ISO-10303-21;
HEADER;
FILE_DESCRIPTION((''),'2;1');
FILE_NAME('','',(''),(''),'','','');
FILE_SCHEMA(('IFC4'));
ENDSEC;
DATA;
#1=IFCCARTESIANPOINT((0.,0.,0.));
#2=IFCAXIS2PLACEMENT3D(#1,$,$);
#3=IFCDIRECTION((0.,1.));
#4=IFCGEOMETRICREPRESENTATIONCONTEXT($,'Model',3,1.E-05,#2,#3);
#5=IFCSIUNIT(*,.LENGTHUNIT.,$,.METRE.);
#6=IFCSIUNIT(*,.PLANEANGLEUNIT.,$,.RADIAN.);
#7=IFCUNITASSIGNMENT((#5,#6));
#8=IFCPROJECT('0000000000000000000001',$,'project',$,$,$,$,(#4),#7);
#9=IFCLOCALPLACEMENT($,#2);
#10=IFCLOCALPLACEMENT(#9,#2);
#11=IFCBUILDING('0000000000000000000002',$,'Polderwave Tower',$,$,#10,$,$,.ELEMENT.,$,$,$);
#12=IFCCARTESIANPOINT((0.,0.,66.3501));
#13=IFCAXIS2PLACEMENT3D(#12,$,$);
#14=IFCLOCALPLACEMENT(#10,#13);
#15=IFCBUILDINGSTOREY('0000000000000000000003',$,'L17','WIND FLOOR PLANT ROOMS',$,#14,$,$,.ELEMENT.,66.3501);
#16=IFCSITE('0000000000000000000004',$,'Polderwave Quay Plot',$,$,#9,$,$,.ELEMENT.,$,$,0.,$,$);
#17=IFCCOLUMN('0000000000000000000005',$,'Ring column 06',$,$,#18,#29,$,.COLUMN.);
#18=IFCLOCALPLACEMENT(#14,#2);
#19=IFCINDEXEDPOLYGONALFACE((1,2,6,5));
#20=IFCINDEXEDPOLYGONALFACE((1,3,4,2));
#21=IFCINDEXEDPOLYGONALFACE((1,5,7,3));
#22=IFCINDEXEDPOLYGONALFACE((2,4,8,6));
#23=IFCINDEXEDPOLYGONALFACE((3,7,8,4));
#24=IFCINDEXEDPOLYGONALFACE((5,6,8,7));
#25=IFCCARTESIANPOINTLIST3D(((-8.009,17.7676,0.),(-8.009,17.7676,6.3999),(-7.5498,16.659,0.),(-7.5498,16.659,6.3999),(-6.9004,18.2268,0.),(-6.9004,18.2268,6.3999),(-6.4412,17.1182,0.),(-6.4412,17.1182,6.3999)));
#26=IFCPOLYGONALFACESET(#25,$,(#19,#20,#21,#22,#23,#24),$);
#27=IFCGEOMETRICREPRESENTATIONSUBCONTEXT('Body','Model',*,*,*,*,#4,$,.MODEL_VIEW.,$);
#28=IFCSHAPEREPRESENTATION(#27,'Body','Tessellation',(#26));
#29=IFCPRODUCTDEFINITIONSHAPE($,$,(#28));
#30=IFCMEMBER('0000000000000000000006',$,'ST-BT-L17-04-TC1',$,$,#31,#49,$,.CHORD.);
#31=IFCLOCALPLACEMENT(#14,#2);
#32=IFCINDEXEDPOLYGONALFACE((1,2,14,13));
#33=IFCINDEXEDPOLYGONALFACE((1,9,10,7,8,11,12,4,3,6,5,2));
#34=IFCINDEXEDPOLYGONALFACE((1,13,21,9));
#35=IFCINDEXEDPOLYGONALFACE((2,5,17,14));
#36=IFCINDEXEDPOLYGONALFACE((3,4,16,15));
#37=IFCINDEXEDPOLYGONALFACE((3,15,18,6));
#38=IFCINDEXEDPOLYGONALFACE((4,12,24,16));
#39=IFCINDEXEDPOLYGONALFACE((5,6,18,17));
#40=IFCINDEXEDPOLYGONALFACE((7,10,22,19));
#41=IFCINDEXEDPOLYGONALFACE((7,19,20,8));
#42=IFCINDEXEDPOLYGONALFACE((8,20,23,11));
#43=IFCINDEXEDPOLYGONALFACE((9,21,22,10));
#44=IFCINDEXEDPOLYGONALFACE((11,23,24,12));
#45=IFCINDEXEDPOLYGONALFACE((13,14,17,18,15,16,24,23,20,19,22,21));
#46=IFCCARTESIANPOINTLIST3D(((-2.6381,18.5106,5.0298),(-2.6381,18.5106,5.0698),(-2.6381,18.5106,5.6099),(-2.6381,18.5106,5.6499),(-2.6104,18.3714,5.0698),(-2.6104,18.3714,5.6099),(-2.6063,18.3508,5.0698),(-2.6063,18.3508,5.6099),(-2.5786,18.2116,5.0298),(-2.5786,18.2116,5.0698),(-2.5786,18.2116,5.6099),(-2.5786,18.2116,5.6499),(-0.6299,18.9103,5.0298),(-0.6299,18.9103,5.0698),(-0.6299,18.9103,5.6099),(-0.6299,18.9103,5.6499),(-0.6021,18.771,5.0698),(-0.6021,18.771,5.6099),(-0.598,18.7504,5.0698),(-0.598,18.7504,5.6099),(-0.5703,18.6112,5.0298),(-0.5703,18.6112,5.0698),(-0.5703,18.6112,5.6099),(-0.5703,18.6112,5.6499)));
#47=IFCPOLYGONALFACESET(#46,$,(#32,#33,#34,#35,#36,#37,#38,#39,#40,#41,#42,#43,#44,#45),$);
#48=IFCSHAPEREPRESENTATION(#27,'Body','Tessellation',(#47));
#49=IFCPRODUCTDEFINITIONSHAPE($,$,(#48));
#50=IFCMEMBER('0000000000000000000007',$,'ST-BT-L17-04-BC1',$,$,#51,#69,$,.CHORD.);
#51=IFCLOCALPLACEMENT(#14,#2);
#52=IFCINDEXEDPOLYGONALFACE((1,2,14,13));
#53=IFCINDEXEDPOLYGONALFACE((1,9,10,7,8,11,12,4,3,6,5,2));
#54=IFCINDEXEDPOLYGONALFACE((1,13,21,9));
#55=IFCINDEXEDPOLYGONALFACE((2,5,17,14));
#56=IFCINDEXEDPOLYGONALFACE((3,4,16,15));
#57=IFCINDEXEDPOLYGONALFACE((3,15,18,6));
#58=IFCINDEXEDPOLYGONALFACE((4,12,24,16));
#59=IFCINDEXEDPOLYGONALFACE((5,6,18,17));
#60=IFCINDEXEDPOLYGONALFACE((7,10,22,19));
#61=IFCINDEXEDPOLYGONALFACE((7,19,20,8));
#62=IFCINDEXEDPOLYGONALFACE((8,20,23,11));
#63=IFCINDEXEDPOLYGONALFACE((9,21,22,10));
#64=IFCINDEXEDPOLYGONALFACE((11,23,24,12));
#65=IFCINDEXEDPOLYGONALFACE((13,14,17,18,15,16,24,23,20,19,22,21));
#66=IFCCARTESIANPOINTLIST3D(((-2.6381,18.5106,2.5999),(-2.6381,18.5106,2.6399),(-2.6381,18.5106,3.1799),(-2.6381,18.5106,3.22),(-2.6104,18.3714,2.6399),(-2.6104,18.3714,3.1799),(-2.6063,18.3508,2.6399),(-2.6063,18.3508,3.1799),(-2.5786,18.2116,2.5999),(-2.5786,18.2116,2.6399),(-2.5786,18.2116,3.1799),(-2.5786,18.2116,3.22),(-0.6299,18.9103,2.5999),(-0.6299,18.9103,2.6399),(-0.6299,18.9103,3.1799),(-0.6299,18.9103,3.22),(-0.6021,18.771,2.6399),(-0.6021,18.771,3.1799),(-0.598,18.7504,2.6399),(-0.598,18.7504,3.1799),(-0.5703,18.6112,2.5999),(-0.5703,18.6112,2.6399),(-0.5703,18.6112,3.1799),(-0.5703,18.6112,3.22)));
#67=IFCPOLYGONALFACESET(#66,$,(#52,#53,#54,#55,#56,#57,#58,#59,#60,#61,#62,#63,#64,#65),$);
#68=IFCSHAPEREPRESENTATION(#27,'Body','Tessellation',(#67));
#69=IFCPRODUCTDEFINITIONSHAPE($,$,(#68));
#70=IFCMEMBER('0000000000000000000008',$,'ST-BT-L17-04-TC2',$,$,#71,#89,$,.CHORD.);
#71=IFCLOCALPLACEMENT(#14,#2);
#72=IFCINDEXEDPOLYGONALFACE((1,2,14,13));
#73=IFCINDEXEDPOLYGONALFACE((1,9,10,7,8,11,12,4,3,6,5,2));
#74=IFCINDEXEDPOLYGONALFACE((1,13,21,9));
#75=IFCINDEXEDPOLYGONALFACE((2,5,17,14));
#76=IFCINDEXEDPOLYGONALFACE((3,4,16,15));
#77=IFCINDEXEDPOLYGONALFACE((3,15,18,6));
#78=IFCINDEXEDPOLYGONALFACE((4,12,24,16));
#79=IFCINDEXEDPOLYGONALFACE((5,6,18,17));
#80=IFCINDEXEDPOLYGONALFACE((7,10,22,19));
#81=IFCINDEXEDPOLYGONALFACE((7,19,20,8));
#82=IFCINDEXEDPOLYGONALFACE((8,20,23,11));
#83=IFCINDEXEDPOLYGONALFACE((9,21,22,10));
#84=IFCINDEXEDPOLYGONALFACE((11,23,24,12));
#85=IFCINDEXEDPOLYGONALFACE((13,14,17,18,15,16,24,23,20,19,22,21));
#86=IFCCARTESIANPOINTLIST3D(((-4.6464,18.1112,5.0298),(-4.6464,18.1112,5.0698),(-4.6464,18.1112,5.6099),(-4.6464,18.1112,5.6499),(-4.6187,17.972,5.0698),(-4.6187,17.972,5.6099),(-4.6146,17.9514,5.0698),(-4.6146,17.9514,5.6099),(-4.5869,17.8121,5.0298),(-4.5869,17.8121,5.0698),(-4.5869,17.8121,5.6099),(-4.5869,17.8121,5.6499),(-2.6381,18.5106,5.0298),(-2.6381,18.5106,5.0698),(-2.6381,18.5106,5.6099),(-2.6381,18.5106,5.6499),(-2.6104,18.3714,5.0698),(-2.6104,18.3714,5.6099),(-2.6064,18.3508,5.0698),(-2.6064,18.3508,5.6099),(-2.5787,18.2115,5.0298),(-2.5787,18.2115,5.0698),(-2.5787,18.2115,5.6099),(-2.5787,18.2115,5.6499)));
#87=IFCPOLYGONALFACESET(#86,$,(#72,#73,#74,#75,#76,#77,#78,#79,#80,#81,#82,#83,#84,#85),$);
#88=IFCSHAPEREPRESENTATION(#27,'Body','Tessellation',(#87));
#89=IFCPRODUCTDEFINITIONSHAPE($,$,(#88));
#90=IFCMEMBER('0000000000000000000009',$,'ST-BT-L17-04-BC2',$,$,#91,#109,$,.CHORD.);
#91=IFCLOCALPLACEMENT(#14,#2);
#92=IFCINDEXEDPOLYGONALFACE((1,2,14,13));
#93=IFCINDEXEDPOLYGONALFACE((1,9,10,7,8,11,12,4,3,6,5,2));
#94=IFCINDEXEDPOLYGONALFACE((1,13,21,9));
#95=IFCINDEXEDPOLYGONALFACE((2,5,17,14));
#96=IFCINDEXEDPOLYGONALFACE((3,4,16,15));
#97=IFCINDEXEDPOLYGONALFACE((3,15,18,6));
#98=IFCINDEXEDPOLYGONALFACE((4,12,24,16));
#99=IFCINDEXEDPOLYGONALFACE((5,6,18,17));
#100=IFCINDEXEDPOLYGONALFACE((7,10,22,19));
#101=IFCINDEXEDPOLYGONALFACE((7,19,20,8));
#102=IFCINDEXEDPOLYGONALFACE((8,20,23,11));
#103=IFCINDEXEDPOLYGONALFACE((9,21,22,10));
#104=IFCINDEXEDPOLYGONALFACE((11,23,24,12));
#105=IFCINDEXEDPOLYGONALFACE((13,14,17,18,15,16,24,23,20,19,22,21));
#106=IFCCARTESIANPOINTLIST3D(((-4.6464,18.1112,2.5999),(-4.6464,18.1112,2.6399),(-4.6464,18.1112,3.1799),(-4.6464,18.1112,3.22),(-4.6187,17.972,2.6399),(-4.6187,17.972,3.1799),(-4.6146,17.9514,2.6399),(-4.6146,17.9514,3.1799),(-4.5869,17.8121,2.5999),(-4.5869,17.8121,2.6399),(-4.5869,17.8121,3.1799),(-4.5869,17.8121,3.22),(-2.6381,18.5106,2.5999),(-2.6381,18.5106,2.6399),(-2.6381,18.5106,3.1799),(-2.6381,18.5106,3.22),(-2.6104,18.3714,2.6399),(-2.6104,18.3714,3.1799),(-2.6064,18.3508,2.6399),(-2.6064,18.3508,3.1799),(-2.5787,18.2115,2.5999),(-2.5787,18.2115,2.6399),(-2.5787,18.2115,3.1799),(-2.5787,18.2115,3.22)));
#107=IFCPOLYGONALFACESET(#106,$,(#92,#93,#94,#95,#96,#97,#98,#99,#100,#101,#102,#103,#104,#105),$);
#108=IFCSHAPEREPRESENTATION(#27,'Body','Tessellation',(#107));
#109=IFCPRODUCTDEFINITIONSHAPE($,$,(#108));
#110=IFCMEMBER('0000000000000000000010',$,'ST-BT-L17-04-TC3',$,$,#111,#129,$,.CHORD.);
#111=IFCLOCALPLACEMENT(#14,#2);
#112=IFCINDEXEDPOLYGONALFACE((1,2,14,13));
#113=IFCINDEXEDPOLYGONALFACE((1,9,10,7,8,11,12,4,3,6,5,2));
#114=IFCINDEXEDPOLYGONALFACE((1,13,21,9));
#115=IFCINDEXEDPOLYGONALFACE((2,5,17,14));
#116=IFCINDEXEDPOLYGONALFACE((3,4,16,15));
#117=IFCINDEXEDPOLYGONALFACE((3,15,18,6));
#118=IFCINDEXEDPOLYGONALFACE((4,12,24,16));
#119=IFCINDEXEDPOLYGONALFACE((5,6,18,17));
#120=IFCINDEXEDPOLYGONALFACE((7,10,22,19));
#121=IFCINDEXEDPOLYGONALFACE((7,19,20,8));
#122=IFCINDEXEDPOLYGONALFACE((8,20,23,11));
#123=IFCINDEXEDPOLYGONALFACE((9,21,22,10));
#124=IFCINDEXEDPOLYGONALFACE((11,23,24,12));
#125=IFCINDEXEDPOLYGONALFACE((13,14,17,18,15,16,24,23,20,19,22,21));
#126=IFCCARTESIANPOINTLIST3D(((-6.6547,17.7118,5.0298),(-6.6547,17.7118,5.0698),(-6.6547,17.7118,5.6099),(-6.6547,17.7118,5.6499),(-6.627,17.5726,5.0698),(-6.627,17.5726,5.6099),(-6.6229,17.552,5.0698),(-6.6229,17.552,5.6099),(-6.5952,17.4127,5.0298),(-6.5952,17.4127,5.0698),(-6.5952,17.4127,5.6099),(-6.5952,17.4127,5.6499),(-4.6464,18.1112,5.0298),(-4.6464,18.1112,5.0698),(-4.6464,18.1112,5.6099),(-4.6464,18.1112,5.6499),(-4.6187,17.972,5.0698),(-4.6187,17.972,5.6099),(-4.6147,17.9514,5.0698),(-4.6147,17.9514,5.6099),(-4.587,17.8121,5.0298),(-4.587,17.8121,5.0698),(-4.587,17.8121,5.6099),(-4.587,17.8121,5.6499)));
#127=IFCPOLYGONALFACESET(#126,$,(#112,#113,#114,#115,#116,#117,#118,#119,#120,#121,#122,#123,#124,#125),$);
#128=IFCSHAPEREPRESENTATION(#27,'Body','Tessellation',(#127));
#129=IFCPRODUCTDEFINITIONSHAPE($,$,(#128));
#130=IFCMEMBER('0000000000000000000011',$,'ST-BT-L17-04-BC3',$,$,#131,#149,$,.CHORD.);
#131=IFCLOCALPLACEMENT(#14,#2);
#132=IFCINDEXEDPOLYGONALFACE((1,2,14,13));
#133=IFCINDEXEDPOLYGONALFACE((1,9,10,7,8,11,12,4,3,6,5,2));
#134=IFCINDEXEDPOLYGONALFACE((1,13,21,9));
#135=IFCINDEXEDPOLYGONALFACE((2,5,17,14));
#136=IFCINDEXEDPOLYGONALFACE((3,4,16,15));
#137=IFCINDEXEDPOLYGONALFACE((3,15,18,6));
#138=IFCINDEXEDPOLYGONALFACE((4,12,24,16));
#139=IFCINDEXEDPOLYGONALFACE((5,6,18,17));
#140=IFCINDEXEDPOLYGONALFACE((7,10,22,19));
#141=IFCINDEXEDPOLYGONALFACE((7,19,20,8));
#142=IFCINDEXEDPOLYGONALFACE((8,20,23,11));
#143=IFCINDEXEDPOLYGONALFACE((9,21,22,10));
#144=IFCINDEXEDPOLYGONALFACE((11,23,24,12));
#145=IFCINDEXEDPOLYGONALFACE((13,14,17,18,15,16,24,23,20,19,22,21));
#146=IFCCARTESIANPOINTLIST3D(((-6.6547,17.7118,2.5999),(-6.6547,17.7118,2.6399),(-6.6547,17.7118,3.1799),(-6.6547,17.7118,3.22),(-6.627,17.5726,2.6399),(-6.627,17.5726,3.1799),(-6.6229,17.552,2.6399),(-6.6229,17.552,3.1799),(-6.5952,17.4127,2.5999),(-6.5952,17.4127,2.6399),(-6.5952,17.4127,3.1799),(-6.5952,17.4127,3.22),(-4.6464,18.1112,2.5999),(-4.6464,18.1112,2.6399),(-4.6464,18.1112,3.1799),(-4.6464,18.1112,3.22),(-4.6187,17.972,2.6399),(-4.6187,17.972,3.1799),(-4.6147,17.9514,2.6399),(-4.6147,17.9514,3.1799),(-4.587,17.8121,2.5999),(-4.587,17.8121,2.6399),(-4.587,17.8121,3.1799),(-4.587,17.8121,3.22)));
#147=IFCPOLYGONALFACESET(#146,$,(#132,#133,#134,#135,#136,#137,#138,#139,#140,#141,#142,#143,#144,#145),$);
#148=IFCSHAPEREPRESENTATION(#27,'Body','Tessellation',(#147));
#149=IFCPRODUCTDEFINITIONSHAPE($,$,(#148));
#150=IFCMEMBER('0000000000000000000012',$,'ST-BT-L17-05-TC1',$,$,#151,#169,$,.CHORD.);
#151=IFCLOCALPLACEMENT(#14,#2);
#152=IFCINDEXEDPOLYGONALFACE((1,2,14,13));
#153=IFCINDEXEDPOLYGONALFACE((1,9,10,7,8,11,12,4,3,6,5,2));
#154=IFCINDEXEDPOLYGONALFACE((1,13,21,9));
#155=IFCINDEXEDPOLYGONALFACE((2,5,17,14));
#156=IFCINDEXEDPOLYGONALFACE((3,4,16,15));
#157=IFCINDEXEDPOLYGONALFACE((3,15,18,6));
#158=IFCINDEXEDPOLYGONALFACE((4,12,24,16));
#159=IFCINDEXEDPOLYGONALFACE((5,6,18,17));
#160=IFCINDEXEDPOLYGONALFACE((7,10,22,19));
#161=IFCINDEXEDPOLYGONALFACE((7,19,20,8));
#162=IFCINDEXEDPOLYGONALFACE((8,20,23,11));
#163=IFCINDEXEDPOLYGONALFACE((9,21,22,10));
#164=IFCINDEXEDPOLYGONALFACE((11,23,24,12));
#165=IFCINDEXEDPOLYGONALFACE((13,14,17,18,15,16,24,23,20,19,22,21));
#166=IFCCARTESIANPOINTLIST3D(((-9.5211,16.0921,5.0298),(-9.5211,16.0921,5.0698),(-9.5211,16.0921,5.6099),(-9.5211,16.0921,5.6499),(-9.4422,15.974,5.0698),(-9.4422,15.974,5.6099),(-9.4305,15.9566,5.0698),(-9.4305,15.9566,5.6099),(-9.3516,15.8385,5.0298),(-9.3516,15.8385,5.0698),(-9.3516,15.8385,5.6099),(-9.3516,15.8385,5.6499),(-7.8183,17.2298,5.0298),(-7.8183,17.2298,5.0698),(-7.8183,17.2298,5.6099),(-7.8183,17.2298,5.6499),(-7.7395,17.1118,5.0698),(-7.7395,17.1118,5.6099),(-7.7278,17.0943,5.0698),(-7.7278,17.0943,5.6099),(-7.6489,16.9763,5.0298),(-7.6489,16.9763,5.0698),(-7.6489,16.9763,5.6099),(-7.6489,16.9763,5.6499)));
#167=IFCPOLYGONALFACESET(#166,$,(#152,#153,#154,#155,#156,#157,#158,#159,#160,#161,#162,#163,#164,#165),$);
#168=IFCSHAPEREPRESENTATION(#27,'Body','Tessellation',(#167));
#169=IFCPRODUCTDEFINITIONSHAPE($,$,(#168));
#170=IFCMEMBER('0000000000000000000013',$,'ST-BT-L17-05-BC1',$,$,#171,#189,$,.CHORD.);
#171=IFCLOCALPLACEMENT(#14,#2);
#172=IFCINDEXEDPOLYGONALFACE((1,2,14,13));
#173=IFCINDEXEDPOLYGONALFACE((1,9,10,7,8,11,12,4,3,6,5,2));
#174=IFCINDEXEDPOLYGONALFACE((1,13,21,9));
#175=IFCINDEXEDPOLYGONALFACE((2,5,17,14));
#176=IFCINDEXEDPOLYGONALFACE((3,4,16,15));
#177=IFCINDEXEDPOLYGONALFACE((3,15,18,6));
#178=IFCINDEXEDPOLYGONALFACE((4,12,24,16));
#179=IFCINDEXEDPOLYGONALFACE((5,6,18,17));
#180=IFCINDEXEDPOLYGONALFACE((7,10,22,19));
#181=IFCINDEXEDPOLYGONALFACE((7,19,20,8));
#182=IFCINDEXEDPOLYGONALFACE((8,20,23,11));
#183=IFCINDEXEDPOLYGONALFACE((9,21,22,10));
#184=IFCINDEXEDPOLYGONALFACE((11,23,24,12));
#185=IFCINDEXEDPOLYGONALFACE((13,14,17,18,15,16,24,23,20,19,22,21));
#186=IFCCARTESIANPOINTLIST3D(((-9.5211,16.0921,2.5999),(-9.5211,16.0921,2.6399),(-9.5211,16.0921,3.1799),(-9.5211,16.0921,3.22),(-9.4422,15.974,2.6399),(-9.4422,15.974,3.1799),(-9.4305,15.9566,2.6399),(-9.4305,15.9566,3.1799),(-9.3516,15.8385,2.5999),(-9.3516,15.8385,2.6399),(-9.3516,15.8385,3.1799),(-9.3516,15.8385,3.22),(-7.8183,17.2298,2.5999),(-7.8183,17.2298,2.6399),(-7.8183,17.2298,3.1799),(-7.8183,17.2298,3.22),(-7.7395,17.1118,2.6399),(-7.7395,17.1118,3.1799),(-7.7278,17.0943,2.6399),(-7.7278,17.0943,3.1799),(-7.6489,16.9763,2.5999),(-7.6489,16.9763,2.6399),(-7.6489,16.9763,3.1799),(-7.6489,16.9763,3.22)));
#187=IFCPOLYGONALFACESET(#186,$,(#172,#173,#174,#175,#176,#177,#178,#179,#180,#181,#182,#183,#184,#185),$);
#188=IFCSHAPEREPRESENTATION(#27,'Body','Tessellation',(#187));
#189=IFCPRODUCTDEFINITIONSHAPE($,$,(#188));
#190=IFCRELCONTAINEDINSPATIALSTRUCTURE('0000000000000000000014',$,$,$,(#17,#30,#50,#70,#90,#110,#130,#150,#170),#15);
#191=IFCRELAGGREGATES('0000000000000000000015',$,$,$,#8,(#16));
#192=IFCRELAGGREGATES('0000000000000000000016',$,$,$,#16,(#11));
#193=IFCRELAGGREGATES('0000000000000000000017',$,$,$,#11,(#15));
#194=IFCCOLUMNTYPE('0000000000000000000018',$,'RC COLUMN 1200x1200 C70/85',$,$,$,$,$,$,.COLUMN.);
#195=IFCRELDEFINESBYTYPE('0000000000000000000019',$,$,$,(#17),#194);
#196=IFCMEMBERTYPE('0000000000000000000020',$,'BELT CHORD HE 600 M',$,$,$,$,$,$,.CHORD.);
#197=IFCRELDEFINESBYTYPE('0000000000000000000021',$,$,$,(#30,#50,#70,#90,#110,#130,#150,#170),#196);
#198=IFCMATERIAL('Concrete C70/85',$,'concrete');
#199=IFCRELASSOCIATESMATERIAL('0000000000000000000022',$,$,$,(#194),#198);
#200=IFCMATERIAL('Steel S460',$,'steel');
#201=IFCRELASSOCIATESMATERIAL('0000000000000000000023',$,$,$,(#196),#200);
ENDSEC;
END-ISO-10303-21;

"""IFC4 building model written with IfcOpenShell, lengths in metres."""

from ifc_helpers import new_model, si_unit, direction, frame, origin, origin_2d, place, context, subcontext, project, spatial, rectangle, i_section, extrude, material, material_profile, profile_set, type_object, element, save


model = new_model("IFC4")

# Units and contexts
model_context = context("Model", 3, precision=1e-05, world=origin(), true_north=direction((0.0, 1.0)))
body_context = subcontext(model_context, "Body", "Model", "MODEL_VIEW")
ifc_project = project(units=[si_unit("LENGTHUNIT", "METRE"), si_unit("PLANEANGLEUNIT", "RADIAN")], contexts=[model_context])

# Site, building, storey
site_placement = place(None, origin())
site = spatial("IfcSite", under=ifc_project, at=site_placement, Name="Polderwave Quay Plot", CompositionType="ELEMENT", RefElevation=0.0)
building_placement = place(site_placement, origin())
building = spatial("IfcBuilding", under=site, at=building_placement, Name="Polderwave Tower", CompositionType="ELEMENT")
storey_placement = place(building_placement, frame((0.0, 0.0, 66.3501)))
storey = spatial("IfcBuildingStorey", under=building, at=storey_placement, Name="L17", Description="WIND FLOOR PLANT ROOMS", CompositionType="ELEMENT", Elevation=66.3501)

# Column
ifc_material_1 = material(Name="Concrete C70/85", Category="concrete")
ifc_material_profile_1 = material_profile(ifc_material_1, rectangle(XDim=1.2, YDim=1.2, at=origin_2d()), Name="RC 1200x1200")
ifc_profile_set_1 = profile_set([ifc_material_profile_1], Name="Concrete C70/85")
column_type = type_object("IfcColumnType", Name="RC COLUMN 1200x1200 C70/85", PredefinedType="COLUMN", material=ifc_profile_set_1)
column_placement = place(storey_placement, frame((-7.2251, 17.4429, 0.0), z_axis=(0.0, 0.0, 1.0), x_axis=(-0.382683, 0.92388, 0.0)))
element("IfcColumn", 1, at=column_placement, inside=storey, type_object=column_type, Name="Ring column 06", PredefinedType="COLUMN", context=body_context, shape_type="SweptSolid", body=[
    extrude(rectangle(XDim=1.2, YDim=1.2, at=origin_2d()), origin(), (0.0, 0.0, 1.0), 6.3999),
])

# Members
ifc_material_2 = material(Name="Steel S460", Category="steel")
ifc_material_profile_2 = material_profile(ifc_material_2, i_section(OverallWidth=0.3049, OverallDepth=0.6201, WebThickness=0.021, FlangeThickness=0.04, at=origin_2d()), Name="HE 600 M")
ifc_profile_set_2 = profile_set([ifc_material_profile_2], Name="Steel S460")
member_type_1 = type_object("IfcMemberType", Name="BELT CHORD HE 600 M", PredefinedType="CHORD", material=ifc_profile_set_2)
for number, where, z_axis, x_axis, name in (
    (2, (-0.6001, 18.7607, 5.3398), (-0.980768, -0.195176, 0.0), (0.195176, -0.980768, 0.0), "ST-BT-L17-04-TC1"),
    (3, (-0.6001, 18.7607, 2.9099), (-0.980768, -0.195176, 0.0), (0.195176, -0.980768, 0.0), "ST-BT-L17-04-BC1"),
    (4, (-2.6084, 18.3611, 5.3398), (-0.980791, -0.195061, 0.0), (0.195061, -0.980791, 0.0), "ST-BT-L17-04-TC2"),
    (5, (-2.6084, 18.3611, 2.9099), (-0.980791, -0.195061, 0.0), (0.195061, -0.980791, 0.0), "ST-BT-L17-04-BC2"),
    (6, (-4.6167, 17.9617, 5.3398), (-0.980791, -0.195061, 0.0), (0.195061, -0.980791, 0.0), "ST-BT-L17-04-TC3"),
    (7, (-4.6167, 17.9617, 2.9099), (-0.980791, -0.195061, 0.0), (0.195061, -0.980791, 0.0), "ST-BT-L17-04-BC3"),
):
    element("IfcMember", number, at=place(storey_placement, frame(where, z_axis=z_axis, x_axis=x_axis)), inside=storey, type_object=member_type_1, Name=name, PredefinedType="CHORD", context=body_context, shape_type="SweptSolid", body=[
        extrude(i_section(OverallWidth=0.3049, OverallDepth=0.6201, WebThickness=0.021, FlangeThickness=0.04, at=origin_2d()), origin(), (0.0, 0.0, 1.0), 2.0476),
    ])
for number, where, z_axis, x_axis, name in (
    (8, (-7.7336, 17.103, 5.3398), (-0.831463, -0.55558, 0.0), (0.55558, -0.831463, 0.0), "ST-BT-L17-05-TC1"),
    (9, (-7.7336, 17.103, 2.9099), (-0.831463, -0.55558, 0.0), (0.55558, -0.831463, 0.0), "ST-BT-L17-05-BC1"),
):
    element("IfcMember", number, at=place(storey_placement, frame(where, z_axis=z_axis, x_axis=x_axis)), inside=storey, type_object=member_type_1, Name=name, PredefinedType="CHORD", context=body_context, shape_type="SweptSolid", body=[
        extrude(i_section(OverallWidth=0.3049, OverallDepth=0.6201, WebThickness=0.021, FlangeThickness=0.04, at=origin_2d()), origin(), (0.0, 0.0, 1.0), 2.0479),
    ])

save(model, "model.ifc")
